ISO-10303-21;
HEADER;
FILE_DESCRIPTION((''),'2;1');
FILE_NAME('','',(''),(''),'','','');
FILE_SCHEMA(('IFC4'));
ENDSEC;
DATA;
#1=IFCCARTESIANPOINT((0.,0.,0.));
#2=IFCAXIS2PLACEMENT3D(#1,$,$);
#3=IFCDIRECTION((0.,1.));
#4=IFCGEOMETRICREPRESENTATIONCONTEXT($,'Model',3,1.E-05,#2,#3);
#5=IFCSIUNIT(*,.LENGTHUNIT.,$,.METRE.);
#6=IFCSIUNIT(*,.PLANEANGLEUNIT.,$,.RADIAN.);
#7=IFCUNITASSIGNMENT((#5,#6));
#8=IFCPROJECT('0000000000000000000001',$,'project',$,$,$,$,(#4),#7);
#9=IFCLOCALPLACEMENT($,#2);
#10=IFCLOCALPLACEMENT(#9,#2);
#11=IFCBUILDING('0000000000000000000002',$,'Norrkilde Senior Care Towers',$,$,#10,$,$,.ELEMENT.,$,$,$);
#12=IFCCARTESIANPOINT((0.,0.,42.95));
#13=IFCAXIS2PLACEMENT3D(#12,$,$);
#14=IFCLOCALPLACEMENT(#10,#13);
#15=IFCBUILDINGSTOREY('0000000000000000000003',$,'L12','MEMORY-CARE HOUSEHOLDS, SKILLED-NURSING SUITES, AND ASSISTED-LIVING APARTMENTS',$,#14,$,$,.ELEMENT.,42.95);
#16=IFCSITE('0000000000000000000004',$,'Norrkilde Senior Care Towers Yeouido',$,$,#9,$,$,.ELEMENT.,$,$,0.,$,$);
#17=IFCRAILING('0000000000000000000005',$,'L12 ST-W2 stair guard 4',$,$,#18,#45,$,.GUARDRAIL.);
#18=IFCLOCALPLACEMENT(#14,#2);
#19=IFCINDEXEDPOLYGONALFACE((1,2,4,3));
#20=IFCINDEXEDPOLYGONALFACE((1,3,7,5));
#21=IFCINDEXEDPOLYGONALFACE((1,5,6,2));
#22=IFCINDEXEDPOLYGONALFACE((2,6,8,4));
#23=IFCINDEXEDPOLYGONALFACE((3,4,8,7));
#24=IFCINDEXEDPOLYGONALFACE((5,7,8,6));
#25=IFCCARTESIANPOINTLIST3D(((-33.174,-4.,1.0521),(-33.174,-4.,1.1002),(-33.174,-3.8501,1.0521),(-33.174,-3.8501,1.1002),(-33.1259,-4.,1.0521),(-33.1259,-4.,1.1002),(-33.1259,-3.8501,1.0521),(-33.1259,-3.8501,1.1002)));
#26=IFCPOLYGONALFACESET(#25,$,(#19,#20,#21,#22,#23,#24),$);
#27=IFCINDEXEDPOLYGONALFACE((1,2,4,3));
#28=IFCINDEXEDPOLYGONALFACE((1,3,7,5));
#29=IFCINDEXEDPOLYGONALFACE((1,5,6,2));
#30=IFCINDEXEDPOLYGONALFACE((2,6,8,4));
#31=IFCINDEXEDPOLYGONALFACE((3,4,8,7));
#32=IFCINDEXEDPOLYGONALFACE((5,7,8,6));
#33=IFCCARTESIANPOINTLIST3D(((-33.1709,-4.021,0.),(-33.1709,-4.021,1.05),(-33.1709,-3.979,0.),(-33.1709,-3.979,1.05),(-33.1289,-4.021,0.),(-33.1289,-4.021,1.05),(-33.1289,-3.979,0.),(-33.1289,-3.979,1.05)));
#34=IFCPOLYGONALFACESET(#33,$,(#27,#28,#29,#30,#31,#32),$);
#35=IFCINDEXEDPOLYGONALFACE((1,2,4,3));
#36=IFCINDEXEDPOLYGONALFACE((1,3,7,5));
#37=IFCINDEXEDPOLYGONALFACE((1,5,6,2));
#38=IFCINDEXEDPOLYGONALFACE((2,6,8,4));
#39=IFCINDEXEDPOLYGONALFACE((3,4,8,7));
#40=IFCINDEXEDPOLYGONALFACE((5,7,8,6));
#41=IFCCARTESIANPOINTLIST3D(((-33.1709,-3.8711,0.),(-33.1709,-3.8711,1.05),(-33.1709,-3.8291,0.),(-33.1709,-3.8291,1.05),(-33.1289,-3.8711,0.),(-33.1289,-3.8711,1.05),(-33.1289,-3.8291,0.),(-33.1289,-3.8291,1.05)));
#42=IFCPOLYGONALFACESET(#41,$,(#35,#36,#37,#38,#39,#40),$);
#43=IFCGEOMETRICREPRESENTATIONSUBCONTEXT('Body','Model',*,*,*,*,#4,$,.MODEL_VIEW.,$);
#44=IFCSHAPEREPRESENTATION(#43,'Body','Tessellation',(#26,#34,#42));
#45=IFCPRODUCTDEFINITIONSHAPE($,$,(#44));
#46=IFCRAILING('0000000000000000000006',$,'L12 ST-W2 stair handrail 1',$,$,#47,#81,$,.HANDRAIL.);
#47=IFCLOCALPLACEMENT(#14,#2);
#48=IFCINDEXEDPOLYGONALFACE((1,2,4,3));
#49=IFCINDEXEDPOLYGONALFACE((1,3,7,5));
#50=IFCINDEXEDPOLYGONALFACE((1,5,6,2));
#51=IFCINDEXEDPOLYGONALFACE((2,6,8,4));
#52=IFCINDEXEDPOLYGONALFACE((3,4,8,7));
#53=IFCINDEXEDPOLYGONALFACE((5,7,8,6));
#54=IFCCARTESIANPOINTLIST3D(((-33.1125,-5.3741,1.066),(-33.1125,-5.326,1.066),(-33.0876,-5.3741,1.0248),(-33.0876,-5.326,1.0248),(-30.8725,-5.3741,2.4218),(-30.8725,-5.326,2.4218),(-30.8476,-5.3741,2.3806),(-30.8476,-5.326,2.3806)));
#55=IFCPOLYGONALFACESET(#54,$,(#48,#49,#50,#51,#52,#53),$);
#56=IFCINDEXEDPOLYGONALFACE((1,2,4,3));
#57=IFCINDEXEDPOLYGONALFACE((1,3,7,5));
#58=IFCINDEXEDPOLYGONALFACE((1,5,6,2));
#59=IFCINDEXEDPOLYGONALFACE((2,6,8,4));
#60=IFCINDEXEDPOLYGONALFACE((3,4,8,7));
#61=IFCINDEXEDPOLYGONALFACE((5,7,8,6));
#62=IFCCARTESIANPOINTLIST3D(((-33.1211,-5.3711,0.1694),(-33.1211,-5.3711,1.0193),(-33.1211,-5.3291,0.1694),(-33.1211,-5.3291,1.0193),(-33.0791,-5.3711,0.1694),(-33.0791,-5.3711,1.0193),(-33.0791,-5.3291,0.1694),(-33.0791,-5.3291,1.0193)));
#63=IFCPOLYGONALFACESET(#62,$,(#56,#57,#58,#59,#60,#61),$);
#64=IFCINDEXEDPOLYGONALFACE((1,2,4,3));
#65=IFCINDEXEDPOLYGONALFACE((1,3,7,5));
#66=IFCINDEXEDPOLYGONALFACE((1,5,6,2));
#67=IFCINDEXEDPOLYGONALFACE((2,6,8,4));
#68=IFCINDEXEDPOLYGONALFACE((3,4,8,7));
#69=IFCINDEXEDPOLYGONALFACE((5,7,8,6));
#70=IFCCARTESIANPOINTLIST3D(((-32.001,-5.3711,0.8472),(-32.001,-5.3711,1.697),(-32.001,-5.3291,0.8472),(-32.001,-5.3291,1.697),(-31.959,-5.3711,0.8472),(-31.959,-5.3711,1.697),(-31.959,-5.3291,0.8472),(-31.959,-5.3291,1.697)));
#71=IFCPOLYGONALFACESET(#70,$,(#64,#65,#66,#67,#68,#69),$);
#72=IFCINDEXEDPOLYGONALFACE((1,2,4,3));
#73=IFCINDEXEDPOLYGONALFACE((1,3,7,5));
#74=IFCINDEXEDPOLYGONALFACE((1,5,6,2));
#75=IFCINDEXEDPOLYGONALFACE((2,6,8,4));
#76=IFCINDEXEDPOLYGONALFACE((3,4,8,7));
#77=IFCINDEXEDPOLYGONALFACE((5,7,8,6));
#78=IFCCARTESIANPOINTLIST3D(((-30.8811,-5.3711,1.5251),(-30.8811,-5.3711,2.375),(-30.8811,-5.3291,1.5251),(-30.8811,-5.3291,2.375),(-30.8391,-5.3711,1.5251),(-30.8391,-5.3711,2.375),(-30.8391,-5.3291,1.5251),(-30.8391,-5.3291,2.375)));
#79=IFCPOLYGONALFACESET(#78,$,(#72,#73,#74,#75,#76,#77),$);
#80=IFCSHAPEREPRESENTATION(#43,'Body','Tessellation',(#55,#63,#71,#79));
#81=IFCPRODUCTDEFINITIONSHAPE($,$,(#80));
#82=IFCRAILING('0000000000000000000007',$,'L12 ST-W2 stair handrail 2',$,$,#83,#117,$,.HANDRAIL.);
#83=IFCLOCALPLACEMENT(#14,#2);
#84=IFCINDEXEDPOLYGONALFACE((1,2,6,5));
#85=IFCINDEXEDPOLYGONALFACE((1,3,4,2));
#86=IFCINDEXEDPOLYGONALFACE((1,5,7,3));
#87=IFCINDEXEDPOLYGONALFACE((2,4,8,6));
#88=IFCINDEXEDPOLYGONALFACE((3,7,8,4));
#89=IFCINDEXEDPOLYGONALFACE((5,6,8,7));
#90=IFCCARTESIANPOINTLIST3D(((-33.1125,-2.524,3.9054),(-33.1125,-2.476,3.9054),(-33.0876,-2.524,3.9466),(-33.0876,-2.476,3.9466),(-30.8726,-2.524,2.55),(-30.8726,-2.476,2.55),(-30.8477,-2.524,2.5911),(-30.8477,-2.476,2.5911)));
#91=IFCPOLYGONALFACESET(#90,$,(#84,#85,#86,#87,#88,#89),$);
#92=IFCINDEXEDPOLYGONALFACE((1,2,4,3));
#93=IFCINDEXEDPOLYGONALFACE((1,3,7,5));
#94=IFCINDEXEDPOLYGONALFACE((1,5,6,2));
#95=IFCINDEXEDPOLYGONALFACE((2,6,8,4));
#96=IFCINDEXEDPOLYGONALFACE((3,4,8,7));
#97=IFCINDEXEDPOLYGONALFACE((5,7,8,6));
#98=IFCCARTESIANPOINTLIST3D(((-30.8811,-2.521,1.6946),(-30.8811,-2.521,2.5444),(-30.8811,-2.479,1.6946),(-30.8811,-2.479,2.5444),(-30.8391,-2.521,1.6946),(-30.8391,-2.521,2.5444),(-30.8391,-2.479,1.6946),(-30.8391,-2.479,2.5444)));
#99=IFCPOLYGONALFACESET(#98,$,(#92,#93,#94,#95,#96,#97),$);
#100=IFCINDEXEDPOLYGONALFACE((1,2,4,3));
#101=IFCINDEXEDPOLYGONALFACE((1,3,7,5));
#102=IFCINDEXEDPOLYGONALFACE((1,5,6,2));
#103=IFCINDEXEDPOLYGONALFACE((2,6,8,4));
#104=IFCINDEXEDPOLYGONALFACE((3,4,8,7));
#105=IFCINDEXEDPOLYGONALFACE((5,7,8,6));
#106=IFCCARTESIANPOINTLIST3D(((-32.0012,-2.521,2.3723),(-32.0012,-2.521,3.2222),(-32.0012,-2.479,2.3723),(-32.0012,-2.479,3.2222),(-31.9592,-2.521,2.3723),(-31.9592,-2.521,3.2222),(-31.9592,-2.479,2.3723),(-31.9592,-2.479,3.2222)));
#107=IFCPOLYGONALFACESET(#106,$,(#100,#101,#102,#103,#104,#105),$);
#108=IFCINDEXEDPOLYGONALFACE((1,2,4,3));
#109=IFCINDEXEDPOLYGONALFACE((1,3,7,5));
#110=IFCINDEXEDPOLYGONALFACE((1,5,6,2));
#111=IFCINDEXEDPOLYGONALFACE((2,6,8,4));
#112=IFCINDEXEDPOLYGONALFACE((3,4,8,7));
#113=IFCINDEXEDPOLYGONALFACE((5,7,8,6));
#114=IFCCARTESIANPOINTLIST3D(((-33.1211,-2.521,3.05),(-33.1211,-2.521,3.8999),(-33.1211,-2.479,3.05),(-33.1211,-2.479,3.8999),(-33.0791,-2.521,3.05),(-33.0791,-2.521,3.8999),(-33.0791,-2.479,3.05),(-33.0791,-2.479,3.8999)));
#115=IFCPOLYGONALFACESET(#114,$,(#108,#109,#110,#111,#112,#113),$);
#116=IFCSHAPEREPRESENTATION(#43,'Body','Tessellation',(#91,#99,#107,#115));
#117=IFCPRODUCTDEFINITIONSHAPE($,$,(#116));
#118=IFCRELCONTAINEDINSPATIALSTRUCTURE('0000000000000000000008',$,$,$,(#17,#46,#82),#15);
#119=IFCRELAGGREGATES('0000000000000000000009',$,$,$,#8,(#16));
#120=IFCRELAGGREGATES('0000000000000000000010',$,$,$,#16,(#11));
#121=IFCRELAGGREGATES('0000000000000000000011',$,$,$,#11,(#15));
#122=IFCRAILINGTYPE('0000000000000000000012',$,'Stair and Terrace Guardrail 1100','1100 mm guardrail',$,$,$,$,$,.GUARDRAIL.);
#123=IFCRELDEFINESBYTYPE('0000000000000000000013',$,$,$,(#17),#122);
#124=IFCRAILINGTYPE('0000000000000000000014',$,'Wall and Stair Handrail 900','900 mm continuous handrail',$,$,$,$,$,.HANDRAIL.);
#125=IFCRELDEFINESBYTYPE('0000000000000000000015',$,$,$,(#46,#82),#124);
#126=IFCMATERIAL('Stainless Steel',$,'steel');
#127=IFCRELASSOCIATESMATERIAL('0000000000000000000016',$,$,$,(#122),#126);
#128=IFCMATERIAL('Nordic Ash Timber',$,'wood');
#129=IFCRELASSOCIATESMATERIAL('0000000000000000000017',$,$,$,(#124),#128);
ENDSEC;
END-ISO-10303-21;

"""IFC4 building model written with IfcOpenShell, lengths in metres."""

from ifc_helpers import new_model, si_unit, direction, frame, origin, origin_2d, place, context, subcontext, project, spatial, rectangle, extrude, material, type_object, element, save


model = new_model("IFC4")

# Units and contexts
model_context = context("Model", 3, precision=1e-05, world=origin(), true_north=direction((0.0, 1.0)))
body_context = subcontext(model_context, "Body", "Model", "MODEL_VIEW")
ifc_project = project(units=[si_unit("LENGTHUNIT", "METRE"), si_unit("PLANEANGLEUNIT", "RADIAN")], contexts=[model_context])

# Site, building, storey
site_placement = place(None, origin())
site = spatial("IfcSite", under=ifc_project, at=site_placement, Name="Norrkilde Senior Care Towers Yeouido", CompositionType="ELEMENT", RefElevation=0.0)
building_placement = place(site_placement, origin())
building = spatial("IfcBuilding", under=site, at=building_placement, Name="Norrkilde Senior Care Towers", CompositionType="ELEMENT")
storey_placement = place(building_placement, frame((0.0, 0.0, 42.95)))
storey = spatial("IfcBuildingStorey", under=building, at=storey_placement, Name="L12", Description="MEMORY-CARE HOUSEHOLDS, SKILLED-NURSING SUITES, AND ASSISTED-LIVING APARTMENTS", CompositionType="ELEMENT", Elevation=42.95)

# Shared definitions
ifc_material_1 = material(Name="Stainless Steel", Category="steel")

# Railings
railing_type_1 = type_object("IfcRailingType", Name="Stair and Terrace Guardrail 1100", Description="1100 mm guardrail", PredefinedType="GUARDRAIL", material=ifc_material_1)
railing_1_placement = place(storey_placement, frame((-33.1499, -4.0, 0.0)))
element("IfcRailing", 1, at=railing_1_placement, inside=storey, type_object=railing_type_1, Name="L12 ST-W2 stair guard 4", PredefinedType="GUARDRAIL", context=body_context, shape_type="SweptSolid", body=[
    extrude(rectangle(XDim=0.0481, YDim=0.0481, at=origin_2d()), frame((0.0, 0.0, 1.0762), z_axis=(0.0, 1.0, 0.0), x_axis=(-1.0, 0.0, 0.0)), (0.0, 0.0, 1.0), 0.1499),
    extrude(rectangle(XDim=0.042, YDim=0.042, at=origin_2d()), origin(), (0.0, 0.0, 1.0), 1.05),
    extrude(rectangle(XDim=0.042, YDim=0.042, at=origin_2d()), frame((0.0, 0.1499, 0.0)), (0.0, 0.0, 1.0), 1.05),
])
ifc_material_2 = material(Name="Nordic Ash Timber", Category="wood")
railing_type_2 = type_object("IfcRailingType", Name="Wall and Stair Handrail 900", Description="900 mm continuous handrail", PredefinedType="HANDRAIL", material=ifc_material_2)
railing_2_placement = place(storey_placement, frame((-33.1001, -5.3501, 0.1694)))
element("IfcRailing", 2, at=railing_2_placement, inside=storey, type_object=railing_type_2, Name="L12 ST-W2 stair handrail 1", PredefinedType="HANDRAIL", context=body_context, shape_type="SweptSolid", body=[
    extrude(rectangle(XDim=0.0481, YDim=0.0481, at=origin_2d()), frame((0.0, 0.0, 0.876), z_axis=(0.855512, 0.0, 0.517783), x_axis=(0.0, 1.0, 0.0)), (0.0, 0.0, 1.0), 2.6184),
    extrude(rectangle(XDim=0.042, YDim=0.042, at=origin_2d()), origin(), (0.0, 0.0, 1.0), 0.8499),
    extrude(rectangle(XDim=0.042, YDim=0.042, at=origin_2d()), frame((1.1201, 0.0, 0.6777)), (0.0, 0.0, 1.0), 0.8499),
    extrude(rectangle(XDim=0.042, YDim=0.042, at=origin_2d()), frame((2.24, 0.0, 1.3557)), (0.0, 0.0, 1.0), 0.8499),
])
railing_3_placement = place(storey_placement, frame((-30.8601, -2.5, 1.6946)))
element("IfcRailing", 3, at=railing_3_placement, inside=storey, type_object=railing_type_2, Name="L12 ST-W2 stair handrail 2", PredefinedType="HANDRAIL", context=body_context, shape_type="SweptSolid", body=[
    extrude(rectangle(XDim=0.0481, YDim=0.0481, at=origin_2d()), frame((0.0, 0.0, 0.876), z_axis=(-0.855553, 0.0, 0.517715), x_axis=(0.0, -1.0, 0.0)), (0.0, 0.0, 1.0), 2.6182),
    extrude(rectangle(XDim=0.042, YDim=0.042, at=origin_2d()), origin(), (0.0, 0.0, 1.0), 0.8499),
    extrude(rectangle(XDim=0.042, YDim=0.042, at=origin_2d()), frame((-1.1201, 0.0, 0.6777)), (0.0, 0.0, 1.0), 0.8499),
    extrude(rectangle(XDim=0.042, YDim=0.042, at=origin_2d()), frame((-2.24, 0.0, 1.3555)), (0.0, 0.0, 1.0), 0.8499),
])

save(model, "model.ifc")
